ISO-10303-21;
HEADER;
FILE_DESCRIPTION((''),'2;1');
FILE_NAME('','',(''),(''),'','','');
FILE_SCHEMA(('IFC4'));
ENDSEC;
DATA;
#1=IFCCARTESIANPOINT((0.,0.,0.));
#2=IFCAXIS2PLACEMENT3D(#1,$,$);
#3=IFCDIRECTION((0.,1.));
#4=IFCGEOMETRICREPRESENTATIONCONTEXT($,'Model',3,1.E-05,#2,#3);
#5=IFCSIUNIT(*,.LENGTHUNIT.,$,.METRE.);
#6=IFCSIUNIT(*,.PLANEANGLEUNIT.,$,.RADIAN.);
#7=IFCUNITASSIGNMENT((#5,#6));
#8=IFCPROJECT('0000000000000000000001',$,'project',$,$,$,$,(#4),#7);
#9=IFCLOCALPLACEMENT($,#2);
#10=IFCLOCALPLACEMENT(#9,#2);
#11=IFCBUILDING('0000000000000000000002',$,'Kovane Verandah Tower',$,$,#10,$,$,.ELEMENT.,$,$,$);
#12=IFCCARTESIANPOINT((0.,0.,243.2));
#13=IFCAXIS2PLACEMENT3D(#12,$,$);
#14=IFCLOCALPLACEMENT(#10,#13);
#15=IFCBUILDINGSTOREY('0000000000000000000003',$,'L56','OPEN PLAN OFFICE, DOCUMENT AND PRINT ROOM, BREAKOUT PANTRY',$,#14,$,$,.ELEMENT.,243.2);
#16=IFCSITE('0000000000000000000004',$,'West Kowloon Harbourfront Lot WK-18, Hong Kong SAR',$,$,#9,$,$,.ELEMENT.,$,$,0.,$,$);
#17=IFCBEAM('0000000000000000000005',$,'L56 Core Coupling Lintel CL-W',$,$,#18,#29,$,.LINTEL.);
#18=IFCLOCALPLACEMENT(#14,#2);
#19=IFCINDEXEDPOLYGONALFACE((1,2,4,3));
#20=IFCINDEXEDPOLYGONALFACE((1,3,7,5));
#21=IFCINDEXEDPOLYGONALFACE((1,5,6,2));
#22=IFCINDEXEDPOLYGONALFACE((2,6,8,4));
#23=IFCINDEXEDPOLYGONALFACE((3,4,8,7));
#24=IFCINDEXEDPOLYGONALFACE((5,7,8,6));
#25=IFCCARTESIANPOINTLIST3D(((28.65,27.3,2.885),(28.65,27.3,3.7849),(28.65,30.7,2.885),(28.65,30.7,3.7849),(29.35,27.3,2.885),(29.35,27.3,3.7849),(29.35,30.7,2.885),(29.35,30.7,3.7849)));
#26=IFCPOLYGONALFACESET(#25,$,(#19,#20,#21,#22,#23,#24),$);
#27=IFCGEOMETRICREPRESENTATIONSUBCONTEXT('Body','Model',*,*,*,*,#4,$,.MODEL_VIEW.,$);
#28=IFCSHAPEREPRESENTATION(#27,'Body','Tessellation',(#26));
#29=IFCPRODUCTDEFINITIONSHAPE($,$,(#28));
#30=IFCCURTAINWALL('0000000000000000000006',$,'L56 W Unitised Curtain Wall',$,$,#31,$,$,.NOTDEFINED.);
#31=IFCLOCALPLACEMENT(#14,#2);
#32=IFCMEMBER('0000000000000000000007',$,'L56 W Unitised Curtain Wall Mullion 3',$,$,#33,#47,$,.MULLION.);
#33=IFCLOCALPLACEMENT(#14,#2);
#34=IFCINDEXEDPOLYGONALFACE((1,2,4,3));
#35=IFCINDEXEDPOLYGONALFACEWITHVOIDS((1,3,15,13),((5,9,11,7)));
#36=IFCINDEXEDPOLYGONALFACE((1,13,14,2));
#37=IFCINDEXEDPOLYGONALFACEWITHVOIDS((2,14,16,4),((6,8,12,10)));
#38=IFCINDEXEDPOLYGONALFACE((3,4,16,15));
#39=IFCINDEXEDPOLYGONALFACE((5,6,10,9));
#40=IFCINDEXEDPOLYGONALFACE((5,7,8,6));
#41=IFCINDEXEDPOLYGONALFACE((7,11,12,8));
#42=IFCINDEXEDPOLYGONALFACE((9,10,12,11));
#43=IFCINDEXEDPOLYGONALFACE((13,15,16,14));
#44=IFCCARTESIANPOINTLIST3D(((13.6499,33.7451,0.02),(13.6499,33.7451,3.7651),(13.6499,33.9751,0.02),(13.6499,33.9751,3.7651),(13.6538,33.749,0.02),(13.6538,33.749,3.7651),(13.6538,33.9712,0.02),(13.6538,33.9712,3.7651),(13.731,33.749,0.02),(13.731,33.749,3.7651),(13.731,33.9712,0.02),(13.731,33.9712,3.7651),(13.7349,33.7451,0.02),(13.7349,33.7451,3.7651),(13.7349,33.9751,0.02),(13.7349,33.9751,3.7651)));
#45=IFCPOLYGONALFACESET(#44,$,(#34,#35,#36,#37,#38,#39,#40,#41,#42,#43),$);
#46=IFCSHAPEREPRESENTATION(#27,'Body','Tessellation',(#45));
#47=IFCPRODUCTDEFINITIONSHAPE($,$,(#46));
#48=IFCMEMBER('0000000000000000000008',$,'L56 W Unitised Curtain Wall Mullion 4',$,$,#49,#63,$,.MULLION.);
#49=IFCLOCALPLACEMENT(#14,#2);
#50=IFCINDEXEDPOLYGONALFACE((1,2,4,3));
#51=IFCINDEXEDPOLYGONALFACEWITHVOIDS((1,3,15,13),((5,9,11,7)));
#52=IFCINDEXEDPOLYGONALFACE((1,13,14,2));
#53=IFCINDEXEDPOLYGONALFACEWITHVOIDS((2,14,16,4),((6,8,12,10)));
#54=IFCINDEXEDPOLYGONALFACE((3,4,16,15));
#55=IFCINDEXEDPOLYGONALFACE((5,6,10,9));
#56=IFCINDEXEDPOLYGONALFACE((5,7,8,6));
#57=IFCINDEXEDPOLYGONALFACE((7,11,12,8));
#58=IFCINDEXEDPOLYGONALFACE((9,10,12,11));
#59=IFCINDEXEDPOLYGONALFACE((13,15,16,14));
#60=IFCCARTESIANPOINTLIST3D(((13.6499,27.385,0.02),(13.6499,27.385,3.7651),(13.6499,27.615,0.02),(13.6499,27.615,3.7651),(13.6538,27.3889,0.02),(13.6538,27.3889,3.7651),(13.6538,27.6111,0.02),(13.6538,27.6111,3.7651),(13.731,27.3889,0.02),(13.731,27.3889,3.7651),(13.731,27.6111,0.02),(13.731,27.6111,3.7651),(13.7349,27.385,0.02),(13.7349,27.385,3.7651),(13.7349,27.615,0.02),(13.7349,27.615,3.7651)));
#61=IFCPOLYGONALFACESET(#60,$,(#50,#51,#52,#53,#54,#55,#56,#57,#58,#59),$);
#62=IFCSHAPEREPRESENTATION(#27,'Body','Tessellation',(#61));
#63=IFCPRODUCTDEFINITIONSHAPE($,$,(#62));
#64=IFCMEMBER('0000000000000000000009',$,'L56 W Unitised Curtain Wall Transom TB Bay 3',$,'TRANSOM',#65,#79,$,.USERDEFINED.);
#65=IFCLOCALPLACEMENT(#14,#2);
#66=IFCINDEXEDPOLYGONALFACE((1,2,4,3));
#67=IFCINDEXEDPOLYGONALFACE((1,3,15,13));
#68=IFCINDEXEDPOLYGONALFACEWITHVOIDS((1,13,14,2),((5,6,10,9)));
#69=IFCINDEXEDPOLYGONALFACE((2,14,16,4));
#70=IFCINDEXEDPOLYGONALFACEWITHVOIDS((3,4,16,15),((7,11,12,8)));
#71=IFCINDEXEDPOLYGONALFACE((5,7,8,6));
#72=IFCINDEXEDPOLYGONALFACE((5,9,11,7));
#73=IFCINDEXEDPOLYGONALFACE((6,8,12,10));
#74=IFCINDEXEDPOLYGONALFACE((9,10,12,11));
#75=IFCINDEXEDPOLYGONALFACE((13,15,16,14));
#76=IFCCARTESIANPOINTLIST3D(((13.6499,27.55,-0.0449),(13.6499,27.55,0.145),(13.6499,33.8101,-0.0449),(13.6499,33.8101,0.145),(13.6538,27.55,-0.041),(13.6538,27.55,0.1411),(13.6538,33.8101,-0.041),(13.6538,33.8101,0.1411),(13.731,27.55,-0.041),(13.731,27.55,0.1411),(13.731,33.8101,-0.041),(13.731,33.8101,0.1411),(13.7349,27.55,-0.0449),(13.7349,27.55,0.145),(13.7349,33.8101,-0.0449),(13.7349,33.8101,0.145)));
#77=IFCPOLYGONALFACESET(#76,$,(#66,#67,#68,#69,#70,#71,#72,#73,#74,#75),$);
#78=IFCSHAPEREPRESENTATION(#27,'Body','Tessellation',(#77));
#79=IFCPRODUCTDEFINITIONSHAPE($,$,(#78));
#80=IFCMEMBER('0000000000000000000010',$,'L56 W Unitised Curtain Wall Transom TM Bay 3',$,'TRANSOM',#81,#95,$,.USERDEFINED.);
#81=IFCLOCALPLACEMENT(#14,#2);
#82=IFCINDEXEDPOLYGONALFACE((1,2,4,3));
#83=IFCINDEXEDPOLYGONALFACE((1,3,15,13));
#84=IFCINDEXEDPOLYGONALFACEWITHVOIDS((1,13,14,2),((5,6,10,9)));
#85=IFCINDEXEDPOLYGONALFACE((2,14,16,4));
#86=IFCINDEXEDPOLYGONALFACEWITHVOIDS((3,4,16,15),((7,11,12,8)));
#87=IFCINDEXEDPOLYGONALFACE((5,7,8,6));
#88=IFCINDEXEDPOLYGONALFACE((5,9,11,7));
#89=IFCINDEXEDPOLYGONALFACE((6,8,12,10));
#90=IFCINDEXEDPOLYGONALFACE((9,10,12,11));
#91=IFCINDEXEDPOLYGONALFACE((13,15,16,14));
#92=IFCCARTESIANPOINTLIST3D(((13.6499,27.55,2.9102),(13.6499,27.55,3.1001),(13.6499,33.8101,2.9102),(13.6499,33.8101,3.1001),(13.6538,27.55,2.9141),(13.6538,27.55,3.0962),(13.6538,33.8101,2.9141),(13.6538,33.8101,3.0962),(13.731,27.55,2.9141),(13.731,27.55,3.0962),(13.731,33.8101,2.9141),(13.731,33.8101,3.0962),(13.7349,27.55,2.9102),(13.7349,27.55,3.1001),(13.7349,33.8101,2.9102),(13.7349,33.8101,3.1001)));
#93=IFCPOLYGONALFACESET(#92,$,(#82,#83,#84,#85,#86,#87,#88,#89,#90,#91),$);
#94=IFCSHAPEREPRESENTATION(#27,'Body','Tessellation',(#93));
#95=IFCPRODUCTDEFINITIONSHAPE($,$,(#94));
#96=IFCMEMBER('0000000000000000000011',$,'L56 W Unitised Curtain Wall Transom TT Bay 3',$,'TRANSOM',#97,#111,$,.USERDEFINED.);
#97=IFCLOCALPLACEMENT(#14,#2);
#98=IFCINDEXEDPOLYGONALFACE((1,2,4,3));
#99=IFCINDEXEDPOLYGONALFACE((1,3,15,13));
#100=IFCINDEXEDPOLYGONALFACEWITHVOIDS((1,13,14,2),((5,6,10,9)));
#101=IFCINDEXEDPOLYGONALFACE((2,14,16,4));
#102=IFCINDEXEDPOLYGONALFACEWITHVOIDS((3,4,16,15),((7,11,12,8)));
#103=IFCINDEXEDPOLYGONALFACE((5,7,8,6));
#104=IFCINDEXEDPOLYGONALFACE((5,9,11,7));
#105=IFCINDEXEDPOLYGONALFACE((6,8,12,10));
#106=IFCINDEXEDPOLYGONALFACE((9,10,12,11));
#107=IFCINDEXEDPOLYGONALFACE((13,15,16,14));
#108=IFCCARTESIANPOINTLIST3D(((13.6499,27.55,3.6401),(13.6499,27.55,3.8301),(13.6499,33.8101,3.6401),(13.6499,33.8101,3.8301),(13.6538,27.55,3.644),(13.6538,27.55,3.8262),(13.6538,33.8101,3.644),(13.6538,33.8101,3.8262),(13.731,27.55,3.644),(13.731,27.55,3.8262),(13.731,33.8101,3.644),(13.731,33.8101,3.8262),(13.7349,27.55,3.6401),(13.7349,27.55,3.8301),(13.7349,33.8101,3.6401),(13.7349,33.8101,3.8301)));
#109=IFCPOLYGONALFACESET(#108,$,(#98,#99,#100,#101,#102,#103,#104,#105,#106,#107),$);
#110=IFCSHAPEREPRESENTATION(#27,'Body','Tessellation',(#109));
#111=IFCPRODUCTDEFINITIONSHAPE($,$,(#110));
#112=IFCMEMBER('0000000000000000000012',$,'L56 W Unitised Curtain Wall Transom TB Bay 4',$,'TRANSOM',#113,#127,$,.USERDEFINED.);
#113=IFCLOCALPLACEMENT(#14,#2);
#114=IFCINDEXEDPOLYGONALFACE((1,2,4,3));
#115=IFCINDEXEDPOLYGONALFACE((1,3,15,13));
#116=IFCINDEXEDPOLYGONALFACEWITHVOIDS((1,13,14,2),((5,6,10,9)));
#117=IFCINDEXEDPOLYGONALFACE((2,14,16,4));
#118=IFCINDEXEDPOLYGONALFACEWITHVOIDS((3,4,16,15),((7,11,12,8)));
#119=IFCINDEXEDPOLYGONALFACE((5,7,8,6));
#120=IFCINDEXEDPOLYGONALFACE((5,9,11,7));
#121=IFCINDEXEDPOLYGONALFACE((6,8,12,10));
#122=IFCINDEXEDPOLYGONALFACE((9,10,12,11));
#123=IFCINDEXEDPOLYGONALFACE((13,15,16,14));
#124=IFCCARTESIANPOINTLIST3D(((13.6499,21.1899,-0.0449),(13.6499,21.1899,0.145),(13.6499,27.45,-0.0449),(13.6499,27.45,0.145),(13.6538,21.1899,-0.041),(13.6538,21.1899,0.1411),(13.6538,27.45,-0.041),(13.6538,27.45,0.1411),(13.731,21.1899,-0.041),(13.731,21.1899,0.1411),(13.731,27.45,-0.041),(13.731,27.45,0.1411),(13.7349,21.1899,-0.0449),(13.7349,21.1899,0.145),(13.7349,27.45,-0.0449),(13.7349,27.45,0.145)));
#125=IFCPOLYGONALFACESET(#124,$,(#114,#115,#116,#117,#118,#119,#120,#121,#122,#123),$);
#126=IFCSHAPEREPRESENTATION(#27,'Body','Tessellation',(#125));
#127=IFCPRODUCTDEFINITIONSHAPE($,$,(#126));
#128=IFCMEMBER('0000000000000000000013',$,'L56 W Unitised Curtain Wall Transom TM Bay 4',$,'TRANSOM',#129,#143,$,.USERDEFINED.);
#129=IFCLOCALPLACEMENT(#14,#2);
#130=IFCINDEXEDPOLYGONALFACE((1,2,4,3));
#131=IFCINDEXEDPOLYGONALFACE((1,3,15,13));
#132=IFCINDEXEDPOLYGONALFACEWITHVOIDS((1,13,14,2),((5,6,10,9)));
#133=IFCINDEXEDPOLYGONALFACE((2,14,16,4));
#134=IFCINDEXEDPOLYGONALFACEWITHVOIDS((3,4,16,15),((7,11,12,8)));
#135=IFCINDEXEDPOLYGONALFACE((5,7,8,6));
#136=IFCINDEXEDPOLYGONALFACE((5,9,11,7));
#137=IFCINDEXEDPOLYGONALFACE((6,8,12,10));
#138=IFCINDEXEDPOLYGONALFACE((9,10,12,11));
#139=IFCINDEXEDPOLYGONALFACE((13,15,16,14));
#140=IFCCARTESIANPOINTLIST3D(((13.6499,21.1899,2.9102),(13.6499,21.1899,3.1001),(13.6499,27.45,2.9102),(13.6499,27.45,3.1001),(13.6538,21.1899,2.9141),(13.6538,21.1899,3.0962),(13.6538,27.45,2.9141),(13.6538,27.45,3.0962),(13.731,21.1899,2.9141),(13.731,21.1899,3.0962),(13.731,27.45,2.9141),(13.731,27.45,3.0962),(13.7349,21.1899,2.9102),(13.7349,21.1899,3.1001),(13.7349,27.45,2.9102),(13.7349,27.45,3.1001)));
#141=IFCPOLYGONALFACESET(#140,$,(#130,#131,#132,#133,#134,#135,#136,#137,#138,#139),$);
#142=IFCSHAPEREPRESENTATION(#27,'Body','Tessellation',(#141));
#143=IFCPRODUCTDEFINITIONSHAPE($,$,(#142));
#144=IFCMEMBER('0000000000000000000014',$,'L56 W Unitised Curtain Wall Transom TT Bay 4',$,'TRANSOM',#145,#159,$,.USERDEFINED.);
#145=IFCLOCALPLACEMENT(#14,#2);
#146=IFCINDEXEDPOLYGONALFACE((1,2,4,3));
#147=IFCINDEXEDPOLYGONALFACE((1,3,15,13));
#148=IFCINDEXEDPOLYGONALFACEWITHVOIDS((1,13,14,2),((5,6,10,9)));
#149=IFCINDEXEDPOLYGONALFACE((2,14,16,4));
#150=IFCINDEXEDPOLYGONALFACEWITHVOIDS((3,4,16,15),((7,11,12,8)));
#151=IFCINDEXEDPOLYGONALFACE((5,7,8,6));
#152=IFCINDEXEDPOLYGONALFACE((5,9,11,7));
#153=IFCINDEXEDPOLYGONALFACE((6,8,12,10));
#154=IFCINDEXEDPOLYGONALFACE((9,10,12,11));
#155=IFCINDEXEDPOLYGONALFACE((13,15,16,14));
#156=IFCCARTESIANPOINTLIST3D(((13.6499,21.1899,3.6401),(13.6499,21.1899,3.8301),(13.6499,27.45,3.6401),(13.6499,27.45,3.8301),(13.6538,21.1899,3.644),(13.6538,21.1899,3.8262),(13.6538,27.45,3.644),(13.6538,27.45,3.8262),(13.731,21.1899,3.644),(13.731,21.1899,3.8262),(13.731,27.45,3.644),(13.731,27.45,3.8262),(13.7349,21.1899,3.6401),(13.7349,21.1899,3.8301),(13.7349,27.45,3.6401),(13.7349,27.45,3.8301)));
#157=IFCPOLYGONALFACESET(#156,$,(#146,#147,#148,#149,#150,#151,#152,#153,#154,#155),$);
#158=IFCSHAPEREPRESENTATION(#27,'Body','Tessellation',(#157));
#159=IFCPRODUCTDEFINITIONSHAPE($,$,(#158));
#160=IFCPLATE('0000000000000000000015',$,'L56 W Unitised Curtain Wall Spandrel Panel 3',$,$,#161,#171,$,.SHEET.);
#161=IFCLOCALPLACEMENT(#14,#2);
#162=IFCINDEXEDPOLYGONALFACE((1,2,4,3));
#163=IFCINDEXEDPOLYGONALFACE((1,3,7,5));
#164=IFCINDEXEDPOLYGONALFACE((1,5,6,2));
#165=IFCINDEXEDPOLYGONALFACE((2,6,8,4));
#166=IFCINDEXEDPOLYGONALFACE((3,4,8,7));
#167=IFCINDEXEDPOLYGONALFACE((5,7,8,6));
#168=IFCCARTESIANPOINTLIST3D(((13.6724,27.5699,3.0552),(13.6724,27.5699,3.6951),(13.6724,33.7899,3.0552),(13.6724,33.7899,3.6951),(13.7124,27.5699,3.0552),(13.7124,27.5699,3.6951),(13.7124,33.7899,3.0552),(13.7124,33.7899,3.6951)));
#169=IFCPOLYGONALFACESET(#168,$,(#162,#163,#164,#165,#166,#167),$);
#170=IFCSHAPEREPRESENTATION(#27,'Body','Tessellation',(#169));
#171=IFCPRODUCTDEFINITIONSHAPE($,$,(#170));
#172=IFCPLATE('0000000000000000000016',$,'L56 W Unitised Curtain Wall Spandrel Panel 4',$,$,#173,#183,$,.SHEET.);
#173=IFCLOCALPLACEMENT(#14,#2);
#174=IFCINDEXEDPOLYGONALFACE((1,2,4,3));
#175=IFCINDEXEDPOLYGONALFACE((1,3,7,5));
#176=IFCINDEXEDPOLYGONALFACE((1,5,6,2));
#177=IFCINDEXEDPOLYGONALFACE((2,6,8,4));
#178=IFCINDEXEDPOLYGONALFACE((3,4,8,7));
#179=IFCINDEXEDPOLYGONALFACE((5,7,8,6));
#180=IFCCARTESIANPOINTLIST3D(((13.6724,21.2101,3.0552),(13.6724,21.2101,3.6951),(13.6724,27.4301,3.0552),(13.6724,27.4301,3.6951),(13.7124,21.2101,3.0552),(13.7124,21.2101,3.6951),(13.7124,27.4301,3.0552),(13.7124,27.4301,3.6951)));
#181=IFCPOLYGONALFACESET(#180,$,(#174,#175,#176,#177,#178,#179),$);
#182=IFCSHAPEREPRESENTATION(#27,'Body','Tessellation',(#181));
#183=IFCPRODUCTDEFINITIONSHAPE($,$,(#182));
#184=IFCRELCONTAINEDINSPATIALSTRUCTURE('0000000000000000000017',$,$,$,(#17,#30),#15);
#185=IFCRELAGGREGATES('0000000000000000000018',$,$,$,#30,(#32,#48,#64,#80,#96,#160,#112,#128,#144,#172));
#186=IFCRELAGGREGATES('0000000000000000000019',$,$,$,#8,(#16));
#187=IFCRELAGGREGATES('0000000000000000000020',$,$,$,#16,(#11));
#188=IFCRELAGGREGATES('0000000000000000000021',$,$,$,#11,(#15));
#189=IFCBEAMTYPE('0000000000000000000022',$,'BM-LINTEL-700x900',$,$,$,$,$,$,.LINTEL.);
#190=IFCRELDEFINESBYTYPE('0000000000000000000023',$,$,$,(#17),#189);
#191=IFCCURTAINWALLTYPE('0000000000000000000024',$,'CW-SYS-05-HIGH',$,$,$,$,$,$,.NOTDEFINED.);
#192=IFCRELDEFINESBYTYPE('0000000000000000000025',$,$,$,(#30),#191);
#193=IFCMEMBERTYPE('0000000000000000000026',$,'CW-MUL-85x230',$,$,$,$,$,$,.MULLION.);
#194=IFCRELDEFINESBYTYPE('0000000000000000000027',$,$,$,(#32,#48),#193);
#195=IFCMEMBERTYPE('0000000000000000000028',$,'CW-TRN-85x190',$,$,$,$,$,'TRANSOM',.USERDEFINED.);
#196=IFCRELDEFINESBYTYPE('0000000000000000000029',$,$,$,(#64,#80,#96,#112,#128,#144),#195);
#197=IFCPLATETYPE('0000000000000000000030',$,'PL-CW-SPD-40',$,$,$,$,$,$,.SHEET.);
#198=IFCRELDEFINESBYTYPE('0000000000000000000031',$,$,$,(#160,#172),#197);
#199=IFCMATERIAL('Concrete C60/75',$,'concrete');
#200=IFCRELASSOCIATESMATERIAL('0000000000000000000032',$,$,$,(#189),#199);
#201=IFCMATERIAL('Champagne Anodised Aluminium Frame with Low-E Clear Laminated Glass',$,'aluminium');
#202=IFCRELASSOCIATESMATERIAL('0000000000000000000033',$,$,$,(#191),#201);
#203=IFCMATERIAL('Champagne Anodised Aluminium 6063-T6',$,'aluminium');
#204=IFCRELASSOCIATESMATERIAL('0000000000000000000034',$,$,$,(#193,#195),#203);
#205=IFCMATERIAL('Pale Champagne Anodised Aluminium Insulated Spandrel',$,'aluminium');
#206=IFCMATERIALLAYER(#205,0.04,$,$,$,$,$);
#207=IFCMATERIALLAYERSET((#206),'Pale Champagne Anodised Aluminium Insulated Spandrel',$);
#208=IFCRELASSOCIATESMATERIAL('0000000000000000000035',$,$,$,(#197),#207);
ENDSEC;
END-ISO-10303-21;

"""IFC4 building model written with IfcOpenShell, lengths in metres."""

from ifc_helpers import new_model, si_unit, direction, frame, origin, origin_2d, place, context, subcontext, project, spatial, rectangle, hollow_rectangle, extrude, material, layer, layer_set, material_profile, profile_set, type_object, element, aggregate, save


model = new_model("IFC4")

# Units and contexts
model_context = context("Model", 3, precision=1e-05, world=origin(), true_north=direction((0.0, 1.0)))
body_context = subcontext(model_context, "Body", "Model", "MODEL_VIEW")
ifc_project = project(units=[si_unit("LENGTHUNIT", "METRE"), si_unit("PLANEANGLEUNIT", "RADIAN")], contexts=[model_context])

# Site, building, storey
site_placement = place(None, origin())
site = spatial("IfcSite", under=ifc_project, at=site_placement, Name="West Kowloon Harbourfront Lot WK-18, Hong Kong SAR", CompositionType="ELEMENT", RefElevation=0.0)
building_placement = place(site_placement, origin())
building = spatial("IfcBuilding", under=site, at=building_placement, Name="Kovane Verandah Tower", CompositionType="ELEMENT")
storey_placement = place(building_placement, frame((0.0, 0.0, 243.2)))
storey = spatial("IfcBuildingStorey", under=building, at=storey_placement, Name="L56", Description="OPEN PLAN OFFICE, DOCUMENT AND PRINT ROOM, BREAKOUT PANTRY", CompositionType="ELEMENT", Elevation=243.2)

# Beam
ifc_material_1 = material(Name="Concrete C60/75", Category="concrete")
ifc_material_profile_1 = material_profile(ifc_material_1, rectangle(XDim=0.7, YDim=0.8999, at=origin_2d()), Name="RCB700x900")
ifc_profile_set_1 = profile_set([ifc_material_profile_1], Name="Concrete C60/75")
beam_type = type_object("IfcBeamType", Name="BM-LINTEL-700x900", PredefinedType="LINTEL", material=ifc_profile_set_1)
beam_placement = place(storey_placement, frame((29.0, 27.3, 3.335), z_axis=(0.0, 1.0, 0.0), x_axis=(-1.0, 0.0, 0.0)))
element("IfcBeam", 1, at=beam_placement, inside=storey, type_object=beam_type, Name="L56 Core Coupling Lintel CL-W", PredefinedType="LINTEL", context=body_context, shape_type="SweptSolid", body=[
    extrude(rectangle(XDim=0.7, YDim=0.8999, at=origin_2d()), origin(), (0.0, 0.0, 1.0), 3.3999),
])

# Curtain wall, members, plates
ifc_material_2 = material(Name="Champagne Anodised Aluminium Frame with Low-E Clear Laminated Glass", Category="aluminium")
curtain_wall_type = type_object("IfcCurtainWallType", Name="CW-SYS-05-HIGH", PredefinedType="NOTDEFINED", material=ifc_material_2)
curtain_wall_placement = place(storey_placement, origin())
curtain_wall = element("IfcCurtainWall", 2, at=curtain_wall_placement, inside=storey, type_object=curtain_wall_type, Name="L56 W Unitised Curtain Wall", PredefinedType="NOTDEFINED")
ifc_material_3 = material(Name="Champagne Anodised Aluminium 6063-T6", Category="aluminium")
ifc_material_profile_2 = material_profile(ifc_material_3, hollow_rectangle(XDim=0.085, YDim=0.23, WallThickness=0.0039, at=origin_2d()), Name="AL85x230x4")
ifc_profile_set_2 = profile_set([ifc_material_profile_2], Name="Champagne Anodised Aluminium 6063-T6")
member_type_1 = type_object("IfcMemberType", Name="CW-MUL-85x230", PredefinedType="MULLION", material=ifc_profile_set_2)
member_1_placement = place(storey_placement, frame((13.6924, 33.8601, 0.02), z_axis=(0.0, 0.0, 1.0), x_axis=(-1.0, 0.0, 0.0)))
member_1 = element("IfcMember", 3, at=member_1_placement, type_object=member_type_1, Name="L56 W Unitised Curtain Wall Mullion 3", PredefinedType="MULLION", context=body_context, shape_type="SweptSolid", body=[
    extrude(hollow_rectangle(XDim=0.085, YDim=0.23, WallThickness=0.0039, at=origin_2d()), origin(), (0.0, 0.0, 1.0), 3.7451),
])
member_2_placement = place(storey_placement, frame((13.6924, 27.5, 0.02), z_axis=(0.0, 0.0, 1.0), x_axis=(-1.0, 0.0, 0.0)))
member_2 = element("IfcMember", 4, at=member_2_placement, type_object=member_type_1, Name="L56 W Unitised Curtain Wall Mullion 4", PredefinedType="MULLION", context=body_context, shape_type="SweptSolid", body=[
    extrude(hollow_rectangle(XDim=0.085, YDim=0.23, WallThickness=0.0039, at=origin_2d()), origin(), (0.0, 0.0, 1.0), 3.7451),
])
ifc_material_profile_3 = material_profile(ifc_material_3, hollow_rectangle(XDim=0.085, YDim=0.1899, WallThickness=0.0039, at=origin_2d()), Name="AL85x190x4")
ifc_profile_set_3 = profile_set([ifc_material_profile_3], Name="Champagne Anodised Aluminium 6063-T6")
member_type_2 = type_object("IfcMemberType", Name="CW-TRN-85x190", ElementType="TRANSOM", PredefinedType="USERDEFINED", material=ifc_profile_set_3)
member_3_placement = place(storey_placement, frame((13.6924, 33.8101, 0.05), z_axis=(0.0, -1.0, 0.0), x_axis=(1.0, 0.0, 0.0)))
member_3 = element("IfcMember", 5, at=member_3_placement, type_object=member_type_2, Name="L56 W Unitised Curtain Wall Transom TB Bay 3", ObjectType="TRANSOM", PredefinedType="USERDEFINED", context=body_context, shape_type="SweptSolid", body=[
    extrude(hollow_rectangle(XDim=0.085, YDim=0.1899, WallThickness=0.0039, at=origin_2d()), origin(), (0.0, 0.0, 1.0), 6.26),
])
member_4_placement = place(storey_placement, frame((13.6924, 33.8101, 3.0051), z_axis=(0.0, -1.0, 0.0), x_axis=(1.0, 0.0, 0.0)))
member_4 = element("IfcMember", 6, at=member_4_placement, type_object=member_type_2, Name="L56 W Unitised Curtain Wall Transom TM Bay 3", ObjectType="TRANSOM", PredefinedType="USERDEFINED", context=body_context, shape_type="SweptSolid", body=[
    extrude(hollow_rectangle(XDim=0.085, YDim=0.1899, WallThickness=0.0039, at=origin_2d()), origin(), (0.0, 0.0, 1.0), 6.26),
])
member_5_placement = place(storey_placement, frame((13.6924, 33.8101, 3.7351), z_axis=(0.0, -1.0, 0.0), x_axis=(1.0, 0.0, 0.0)))
member_5 = element("IfcMember", 7, at=member_5_placement, type_object=member_type_2, Name="L56 W Unitised Curtain Wall Transom TT Bay 3", ObjectType="TRANSOM", PredefinedType="USERDEFINED", context=body_context, shape_type="SweptSolid", body=[
    extrude(hollow_rectangle(XDim=0.085, YDim=0.1899, WallThickness=0.0039, at=origin_2d()), origin(), (0.0, 0.0, 1.0), 6.26),
])
member_6_placement = place(storey_placement, frame((13.6924, 27.45, 0.05), z_axis=(0.0, -1.0, 0.0), x_axis=(1.0, 0.0, 0.0)))
member_6 = element("IfcMember", 8, at=member_6_placement, type_object=member_type_2, Name="L56 W Unitised Curtain Wall Transom TB Bay 4", ObjectType="TRANSOM", PredefinedType="USERDEFINED", context=body_context, shape_type="SweptSolid", body=[
    extrude(hollow_rectangle(XDim=0.085, YDim=0.1899, WallThickness=0.0039, at=origin_2d()), origin(), (0.0, 0.0, 1.0), 6.26),
])
member_7_placement = place(storey_placement, frame((13.6924, 27.45, 3.0051), z_axis=(0.0, -1.0, 0.0), x_axis=(1.0, 0.0, 0.0)))
member_7 = element("IfcMember", 9, at=member_7_placement, type_object=member_type_2, Name="L56 W Unitised Curtain Wall Transom TM Bay 4", ObjectType="TRANSOM", PredefinedType="USERDEFINED", context=body_context, shape_type="SweptSolid", body=[
    extrude(hollow_rectangle(XDim=0.085, YDim=0.1899, WallThickness=0.0039, at=origin_2d()), origin(), (0.0, 0.0, 1.0), 6.26),
])
member_8_placement = place(storey_placement, frame((13.6924, 27.45, 3.7351), z_axis=(0.0, -1.0, 0.0), x_axis=(1.0, 0.0, 0.0)))
member_8 = element("IfcMember", 10, at=member_8_placement, type_object=member_type_2, Name="L56 W Unitised Curtain Wall Transom TT Bay 4", ObjectType="TRANSOM", PredefinedType="USERDEFINED", context=body_context, shape_type="SweptSolid", body=[
    extrude(hollow_rectangle(XDim=0.085, YDim=0.1899, WallThickness=0.0039, at=origin_2d()), origin(), (0.0, 0.0, 1.0), 6.26),
])
ifc_material_4 = material(Name="Pale Champagne Anodised Aluminium Insulated Spandrel", Category="aluminium")
ifc_layer_1 = layer(ifc_material_4, 0.04)
ifc_layer_set_1 = layer_set([ifc_layer_1], Name="Pale Champagne Anodised Aluminium Insulated Spandrel")
plate_type_1 = type_object("IfcPlateType", Name="PL-CW-SPD-40", PredefinedType="SHEET", material=ifc_layer_set_1)
plate_1_placement = place(storey_placement, frame((13.6924, 30.6799, 3.0552), z_axis=(0.0, 0.0, 1.0), x_axis=(0.0, -1.0, 0.0)))
plate_1 = element("IfcPlate", 11, at=plate_1_placement, type_object=plate_type_1, Name="L56 W Unitised Curtain Wall Spandrel Panel 3", PredefinedType="SHEET", context=body_context, shape_type="SweptSolid", body=[
    extrude(rectangle(XDim=6.22, YDim=0.04, at=origin_2d()), origin(), (0.0, 0.0, 1.0), 0.6399),
])
plate_2_placement = place(storey_placement, frame((13.6924, 24.3201, 3.0552), z_axis=(0.0, 0.0, 1.0), x_axis=(0.0, -1.0, 0.0)))
plate_2 = element("IfcPlate", 12, at=plate_2_placement, type_object=plate_type_1, Name="L56 W Unitised Curtain Wall Spandrel Panel 4", PredefinedType="SHEET", context=body_context, shape_type="SweptSolid", body=[
    extrude(rectangle(XDim=6.22, YDim=0.04, at=origin_2d()), origin(), (0.0, 0.0, 1.0), 0.6399),
])
aggregate(curtain_wall, [member_1, member_2, member_3, member_4, member_5, plate_1, member_6, member_7, member_8, plate_2])

save(model, "model.ifc")
